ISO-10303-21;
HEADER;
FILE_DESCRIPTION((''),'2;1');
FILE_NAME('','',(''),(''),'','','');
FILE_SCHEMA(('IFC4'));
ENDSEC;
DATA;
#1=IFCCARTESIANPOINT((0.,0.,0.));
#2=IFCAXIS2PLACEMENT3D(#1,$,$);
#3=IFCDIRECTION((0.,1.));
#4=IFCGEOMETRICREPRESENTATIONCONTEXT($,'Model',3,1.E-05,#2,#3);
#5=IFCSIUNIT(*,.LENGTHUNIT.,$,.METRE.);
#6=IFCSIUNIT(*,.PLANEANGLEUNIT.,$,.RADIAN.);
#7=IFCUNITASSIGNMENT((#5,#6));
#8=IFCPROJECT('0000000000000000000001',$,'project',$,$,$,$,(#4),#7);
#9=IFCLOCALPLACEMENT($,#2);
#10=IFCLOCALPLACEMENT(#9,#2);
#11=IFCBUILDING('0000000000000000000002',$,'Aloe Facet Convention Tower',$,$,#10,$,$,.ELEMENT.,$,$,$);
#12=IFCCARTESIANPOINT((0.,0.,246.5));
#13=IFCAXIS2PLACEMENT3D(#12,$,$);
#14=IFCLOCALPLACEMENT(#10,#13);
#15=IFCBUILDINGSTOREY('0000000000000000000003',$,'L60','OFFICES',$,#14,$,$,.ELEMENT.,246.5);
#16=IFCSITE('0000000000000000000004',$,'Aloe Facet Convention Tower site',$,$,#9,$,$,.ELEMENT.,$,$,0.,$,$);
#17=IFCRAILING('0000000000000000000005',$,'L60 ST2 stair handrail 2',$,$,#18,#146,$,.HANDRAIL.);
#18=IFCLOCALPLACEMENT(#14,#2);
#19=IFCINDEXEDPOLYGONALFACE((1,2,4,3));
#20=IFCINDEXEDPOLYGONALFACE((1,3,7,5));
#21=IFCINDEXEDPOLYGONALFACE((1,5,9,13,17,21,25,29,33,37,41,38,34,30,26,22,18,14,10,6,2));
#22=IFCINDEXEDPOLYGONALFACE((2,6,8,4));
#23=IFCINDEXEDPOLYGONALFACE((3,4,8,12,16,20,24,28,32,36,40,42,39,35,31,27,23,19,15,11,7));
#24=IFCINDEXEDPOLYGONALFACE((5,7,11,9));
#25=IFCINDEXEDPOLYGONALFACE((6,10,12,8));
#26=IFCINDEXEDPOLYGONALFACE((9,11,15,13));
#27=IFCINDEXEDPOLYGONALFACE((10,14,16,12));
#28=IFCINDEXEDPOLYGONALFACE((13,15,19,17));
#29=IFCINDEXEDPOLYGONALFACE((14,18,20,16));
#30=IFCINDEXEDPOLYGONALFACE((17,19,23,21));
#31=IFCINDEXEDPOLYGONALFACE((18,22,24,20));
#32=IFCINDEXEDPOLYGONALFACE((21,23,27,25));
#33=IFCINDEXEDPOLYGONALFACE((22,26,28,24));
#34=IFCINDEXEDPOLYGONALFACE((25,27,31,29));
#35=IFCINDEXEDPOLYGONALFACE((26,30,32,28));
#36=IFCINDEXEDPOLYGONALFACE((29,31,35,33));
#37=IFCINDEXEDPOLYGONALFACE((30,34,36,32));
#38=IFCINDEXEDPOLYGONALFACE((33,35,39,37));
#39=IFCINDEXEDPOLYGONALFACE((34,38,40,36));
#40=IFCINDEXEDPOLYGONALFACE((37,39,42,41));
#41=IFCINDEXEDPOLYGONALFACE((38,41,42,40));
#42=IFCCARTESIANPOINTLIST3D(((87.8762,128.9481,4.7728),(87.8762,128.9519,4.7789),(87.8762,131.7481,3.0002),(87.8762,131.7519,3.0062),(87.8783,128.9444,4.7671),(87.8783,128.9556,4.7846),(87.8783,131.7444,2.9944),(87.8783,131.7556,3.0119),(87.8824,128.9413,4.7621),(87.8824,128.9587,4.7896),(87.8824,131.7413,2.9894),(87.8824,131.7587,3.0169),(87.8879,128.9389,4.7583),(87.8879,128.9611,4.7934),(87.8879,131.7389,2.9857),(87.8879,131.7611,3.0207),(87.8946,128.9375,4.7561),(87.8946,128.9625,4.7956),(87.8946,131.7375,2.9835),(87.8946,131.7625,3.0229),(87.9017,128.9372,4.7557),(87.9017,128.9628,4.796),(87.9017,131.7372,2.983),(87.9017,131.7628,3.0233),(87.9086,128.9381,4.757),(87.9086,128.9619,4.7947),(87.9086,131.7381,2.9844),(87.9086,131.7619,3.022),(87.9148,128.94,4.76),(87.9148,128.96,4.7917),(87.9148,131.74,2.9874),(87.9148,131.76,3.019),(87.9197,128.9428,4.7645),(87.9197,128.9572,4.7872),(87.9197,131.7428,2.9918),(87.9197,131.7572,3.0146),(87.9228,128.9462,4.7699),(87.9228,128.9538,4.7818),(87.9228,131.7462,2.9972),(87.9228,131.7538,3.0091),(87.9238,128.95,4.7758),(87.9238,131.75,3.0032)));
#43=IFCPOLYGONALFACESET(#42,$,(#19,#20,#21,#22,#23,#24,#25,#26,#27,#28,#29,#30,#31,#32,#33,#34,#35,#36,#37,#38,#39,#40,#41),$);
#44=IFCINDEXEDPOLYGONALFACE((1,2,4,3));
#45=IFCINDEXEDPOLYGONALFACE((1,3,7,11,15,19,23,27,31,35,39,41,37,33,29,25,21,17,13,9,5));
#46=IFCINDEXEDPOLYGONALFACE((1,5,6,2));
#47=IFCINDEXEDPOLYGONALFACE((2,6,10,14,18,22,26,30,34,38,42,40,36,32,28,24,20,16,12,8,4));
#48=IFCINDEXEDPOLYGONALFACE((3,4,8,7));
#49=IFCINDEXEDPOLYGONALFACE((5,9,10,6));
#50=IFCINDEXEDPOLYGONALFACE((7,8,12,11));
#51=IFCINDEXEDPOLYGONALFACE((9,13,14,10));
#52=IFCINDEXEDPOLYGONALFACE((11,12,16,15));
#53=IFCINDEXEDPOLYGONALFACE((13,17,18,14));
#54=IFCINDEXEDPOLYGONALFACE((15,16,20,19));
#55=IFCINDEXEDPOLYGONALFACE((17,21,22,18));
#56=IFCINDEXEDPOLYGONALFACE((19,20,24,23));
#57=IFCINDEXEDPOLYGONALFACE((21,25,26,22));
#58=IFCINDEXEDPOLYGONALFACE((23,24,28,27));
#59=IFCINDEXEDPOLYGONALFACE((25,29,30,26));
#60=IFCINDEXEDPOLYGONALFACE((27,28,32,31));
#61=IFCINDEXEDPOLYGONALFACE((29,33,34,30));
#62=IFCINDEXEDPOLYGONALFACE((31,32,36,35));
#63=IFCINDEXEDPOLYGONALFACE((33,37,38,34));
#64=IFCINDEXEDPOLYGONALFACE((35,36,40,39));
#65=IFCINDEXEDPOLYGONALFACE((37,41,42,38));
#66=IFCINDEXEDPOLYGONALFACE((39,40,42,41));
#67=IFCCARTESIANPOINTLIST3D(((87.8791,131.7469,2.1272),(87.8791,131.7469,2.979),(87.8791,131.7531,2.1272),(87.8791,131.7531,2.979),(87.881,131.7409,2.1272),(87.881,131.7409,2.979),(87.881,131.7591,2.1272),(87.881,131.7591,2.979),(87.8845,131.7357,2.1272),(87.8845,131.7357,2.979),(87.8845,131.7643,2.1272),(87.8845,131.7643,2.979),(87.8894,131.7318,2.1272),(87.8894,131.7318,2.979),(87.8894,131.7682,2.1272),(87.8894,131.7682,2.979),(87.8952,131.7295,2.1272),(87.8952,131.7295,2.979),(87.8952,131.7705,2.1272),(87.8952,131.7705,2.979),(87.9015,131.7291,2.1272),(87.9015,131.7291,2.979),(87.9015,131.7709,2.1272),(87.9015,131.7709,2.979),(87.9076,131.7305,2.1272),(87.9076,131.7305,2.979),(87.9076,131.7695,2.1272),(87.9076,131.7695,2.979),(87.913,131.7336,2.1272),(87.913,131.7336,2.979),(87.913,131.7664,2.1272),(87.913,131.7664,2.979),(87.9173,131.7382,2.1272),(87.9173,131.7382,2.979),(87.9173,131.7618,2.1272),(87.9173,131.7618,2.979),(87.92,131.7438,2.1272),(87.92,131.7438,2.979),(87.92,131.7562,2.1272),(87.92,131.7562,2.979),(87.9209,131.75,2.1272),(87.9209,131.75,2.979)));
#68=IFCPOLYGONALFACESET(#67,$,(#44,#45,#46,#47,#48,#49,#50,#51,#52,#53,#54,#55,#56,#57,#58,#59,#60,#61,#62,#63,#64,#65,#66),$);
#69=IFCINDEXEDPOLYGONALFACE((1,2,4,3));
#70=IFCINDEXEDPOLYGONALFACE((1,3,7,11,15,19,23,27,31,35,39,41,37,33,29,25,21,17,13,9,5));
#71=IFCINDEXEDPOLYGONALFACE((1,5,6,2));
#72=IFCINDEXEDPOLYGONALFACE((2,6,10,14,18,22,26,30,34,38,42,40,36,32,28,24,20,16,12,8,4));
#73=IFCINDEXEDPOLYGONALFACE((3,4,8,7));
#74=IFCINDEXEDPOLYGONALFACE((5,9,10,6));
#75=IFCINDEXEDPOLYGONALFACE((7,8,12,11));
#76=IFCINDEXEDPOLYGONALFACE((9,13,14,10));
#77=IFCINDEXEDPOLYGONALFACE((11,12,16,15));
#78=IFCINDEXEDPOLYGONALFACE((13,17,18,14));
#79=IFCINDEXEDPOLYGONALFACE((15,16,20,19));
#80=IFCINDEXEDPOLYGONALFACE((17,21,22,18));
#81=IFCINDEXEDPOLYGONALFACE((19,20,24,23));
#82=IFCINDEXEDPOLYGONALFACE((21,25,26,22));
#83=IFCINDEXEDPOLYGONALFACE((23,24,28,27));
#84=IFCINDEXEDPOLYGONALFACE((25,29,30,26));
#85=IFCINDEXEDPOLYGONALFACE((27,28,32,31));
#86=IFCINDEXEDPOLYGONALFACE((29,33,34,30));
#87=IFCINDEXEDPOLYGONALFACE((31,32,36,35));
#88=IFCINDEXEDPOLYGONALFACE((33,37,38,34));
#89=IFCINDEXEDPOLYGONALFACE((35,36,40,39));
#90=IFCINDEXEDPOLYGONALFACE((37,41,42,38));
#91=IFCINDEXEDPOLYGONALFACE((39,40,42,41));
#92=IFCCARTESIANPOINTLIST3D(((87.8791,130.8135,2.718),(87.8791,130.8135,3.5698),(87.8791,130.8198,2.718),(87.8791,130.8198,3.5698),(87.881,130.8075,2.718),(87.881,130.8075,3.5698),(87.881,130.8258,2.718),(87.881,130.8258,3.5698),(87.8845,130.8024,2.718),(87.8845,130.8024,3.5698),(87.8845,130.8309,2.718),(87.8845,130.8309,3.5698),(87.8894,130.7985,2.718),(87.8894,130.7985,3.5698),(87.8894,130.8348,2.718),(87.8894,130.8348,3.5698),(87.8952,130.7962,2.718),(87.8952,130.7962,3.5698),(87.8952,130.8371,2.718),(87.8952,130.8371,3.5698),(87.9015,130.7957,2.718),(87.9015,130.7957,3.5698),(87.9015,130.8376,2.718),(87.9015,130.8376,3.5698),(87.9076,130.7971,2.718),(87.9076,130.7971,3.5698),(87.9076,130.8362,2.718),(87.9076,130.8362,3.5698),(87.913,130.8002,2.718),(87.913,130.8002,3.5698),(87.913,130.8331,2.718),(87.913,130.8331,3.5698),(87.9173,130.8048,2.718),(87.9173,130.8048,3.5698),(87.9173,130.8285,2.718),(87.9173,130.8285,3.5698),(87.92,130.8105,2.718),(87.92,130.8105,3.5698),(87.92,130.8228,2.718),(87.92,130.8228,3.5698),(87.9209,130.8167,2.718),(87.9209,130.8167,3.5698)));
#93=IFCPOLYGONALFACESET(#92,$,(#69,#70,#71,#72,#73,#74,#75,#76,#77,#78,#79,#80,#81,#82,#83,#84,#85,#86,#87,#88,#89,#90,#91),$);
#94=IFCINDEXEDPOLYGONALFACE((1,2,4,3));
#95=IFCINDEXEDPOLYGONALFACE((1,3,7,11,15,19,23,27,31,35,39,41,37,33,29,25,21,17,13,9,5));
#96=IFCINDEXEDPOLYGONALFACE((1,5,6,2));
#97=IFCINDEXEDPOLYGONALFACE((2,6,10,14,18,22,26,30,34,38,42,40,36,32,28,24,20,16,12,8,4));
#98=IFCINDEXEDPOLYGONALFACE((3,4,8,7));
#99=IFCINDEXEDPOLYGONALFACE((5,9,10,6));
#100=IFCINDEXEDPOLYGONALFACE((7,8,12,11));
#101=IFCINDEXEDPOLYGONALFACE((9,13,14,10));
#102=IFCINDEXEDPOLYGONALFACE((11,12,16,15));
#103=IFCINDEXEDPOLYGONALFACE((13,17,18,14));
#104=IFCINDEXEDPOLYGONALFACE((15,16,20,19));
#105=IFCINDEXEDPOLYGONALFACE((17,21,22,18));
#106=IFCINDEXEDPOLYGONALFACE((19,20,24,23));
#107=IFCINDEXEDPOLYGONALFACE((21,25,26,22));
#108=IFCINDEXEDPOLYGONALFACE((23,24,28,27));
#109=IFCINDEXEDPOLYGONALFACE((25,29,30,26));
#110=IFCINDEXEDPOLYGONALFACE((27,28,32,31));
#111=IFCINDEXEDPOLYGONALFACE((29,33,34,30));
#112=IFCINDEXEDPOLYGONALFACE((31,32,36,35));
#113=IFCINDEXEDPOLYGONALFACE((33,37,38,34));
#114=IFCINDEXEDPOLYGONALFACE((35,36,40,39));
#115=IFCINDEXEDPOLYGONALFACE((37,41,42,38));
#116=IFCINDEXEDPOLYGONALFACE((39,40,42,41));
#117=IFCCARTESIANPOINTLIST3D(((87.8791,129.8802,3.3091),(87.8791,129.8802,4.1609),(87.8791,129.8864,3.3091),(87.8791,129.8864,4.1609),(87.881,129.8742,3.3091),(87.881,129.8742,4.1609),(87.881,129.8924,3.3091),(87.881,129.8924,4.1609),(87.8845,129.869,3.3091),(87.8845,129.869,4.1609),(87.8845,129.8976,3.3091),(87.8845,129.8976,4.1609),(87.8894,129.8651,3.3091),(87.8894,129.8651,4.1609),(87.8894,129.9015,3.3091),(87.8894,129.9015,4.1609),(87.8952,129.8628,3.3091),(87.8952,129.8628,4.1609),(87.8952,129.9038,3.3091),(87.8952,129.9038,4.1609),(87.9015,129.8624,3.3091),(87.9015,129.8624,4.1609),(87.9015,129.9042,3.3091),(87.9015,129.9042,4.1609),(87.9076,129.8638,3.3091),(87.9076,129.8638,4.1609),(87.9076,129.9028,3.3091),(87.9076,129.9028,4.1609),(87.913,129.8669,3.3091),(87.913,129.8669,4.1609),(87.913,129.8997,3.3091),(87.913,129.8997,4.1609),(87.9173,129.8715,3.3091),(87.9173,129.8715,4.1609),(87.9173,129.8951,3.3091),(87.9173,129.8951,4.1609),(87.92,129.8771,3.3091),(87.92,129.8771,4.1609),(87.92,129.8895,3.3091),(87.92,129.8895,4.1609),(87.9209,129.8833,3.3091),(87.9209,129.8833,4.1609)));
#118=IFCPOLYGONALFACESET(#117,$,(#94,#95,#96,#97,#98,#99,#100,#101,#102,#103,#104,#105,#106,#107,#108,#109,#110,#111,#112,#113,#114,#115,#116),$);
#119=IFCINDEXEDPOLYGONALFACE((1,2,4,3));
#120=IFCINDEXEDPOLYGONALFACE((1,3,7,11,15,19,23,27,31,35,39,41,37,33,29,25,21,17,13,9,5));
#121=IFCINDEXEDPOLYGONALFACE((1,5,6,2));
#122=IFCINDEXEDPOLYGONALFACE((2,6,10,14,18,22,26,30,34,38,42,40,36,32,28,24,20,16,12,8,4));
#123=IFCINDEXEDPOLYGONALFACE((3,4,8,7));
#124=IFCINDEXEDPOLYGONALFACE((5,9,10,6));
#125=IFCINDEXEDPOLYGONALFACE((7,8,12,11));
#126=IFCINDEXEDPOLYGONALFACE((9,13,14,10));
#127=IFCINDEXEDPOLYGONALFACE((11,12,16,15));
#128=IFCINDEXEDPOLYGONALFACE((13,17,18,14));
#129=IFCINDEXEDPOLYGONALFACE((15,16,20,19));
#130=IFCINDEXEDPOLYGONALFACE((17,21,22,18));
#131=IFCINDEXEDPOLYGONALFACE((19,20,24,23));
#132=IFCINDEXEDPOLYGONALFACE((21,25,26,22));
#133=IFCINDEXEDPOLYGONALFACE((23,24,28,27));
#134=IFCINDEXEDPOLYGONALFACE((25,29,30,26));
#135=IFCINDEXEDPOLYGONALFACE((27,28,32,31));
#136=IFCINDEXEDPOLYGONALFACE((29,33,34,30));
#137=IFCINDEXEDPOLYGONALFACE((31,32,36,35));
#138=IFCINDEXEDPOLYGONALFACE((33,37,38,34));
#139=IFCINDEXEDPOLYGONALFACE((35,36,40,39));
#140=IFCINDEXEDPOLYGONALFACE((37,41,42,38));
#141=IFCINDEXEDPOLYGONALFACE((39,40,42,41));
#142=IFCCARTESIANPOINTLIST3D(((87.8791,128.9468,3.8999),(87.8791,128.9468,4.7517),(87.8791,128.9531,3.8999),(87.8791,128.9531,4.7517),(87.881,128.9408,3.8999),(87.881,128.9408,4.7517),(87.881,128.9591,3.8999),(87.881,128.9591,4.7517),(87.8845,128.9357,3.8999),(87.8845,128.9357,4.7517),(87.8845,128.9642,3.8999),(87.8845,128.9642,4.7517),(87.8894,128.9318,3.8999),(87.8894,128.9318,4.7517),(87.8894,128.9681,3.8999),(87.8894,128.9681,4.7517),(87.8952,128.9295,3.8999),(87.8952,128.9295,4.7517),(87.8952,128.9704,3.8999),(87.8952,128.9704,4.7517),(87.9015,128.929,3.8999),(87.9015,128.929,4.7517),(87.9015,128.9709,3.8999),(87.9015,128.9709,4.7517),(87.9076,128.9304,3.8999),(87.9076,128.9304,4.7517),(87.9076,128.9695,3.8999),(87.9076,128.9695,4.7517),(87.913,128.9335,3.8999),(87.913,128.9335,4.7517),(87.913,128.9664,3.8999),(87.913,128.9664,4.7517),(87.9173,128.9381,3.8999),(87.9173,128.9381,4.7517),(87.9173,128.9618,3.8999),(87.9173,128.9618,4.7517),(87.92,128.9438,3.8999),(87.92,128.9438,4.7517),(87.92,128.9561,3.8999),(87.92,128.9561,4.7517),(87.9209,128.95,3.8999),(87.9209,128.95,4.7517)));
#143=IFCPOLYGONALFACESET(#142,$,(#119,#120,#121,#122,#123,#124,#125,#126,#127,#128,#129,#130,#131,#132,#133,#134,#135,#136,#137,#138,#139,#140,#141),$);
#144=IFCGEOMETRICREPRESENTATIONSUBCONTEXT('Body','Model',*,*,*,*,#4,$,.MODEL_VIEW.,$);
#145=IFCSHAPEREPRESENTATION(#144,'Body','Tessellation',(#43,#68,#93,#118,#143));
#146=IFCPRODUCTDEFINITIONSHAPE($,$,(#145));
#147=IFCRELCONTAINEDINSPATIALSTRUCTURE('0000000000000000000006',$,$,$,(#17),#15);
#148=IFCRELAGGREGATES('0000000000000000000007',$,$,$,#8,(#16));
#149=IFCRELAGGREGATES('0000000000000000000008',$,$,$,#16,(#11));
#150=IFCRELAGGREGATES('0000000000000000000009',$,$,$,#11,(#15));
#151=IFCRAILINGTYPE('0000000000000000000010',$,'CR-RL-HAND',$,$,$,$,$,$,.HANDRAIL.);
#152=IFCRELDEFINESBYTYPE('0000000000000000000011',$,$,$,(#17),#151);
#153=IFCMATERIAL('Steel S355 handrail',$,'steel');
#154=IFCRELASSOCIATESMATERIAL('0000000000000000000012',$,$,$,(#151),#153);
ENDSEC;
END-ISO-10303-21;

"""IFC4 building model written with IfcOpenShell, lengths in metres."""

from ifc_helpers import new_model, si_unit, direction, frame, origin, origin_2d, place, context, subcontext, project, spatial, circle, extrude, material, type_object, element, save


model = new_model("IFC4")

# Units and contexts
model_context = context("Model", 3, precision=1e-05, world=origin(), true_north=direction((0.0, 1.0)))
body_context = subcontext(model_context, "Body", "Model", "MODEL_VIEW")
ifc_project = project(units=[si_unit("LENGTHUNIT", "METRE"), si_unit("PLANEANGLEUNIT", "RADIAN")], contexts=[model_context])

# Site, building, storey
site_placement = place(None, origin())
site = spatial("IfcSite", under=ifc_project, at=site_placement, Name="Aloe Facet Convention Tower site", CompositionType="ELEMENT", RefElevation=0.0)
building_placement = place(site_placement, origin())
building = spatial("IfcBuilding", under=site, at=building_placement, Name="Aloe Facet Convention Tower", CompositionType="ELEMENT")
storey_placement = place(building_placement, frame((0.0, 0.0, 246.5)))
storey = spatial("IfcBuildingStorey", under=building, at=storey_placement, Name="L60", Description="OFFICES", CompositionType="ELEMENT", Elevation=246.5)

# Railing
ifc_material_1 = material(Name="Steel S355 handrail", Category="steel")
railing_type = type_object("IfcRailingType", Name="CR-RL-HAND", PredefinedType="HANDRAIL", material=ifc_material_1)
railing_placement = place(storey_placement, frame((87.8999, 131.75, 2.1272)))
element("IfcRailing", 1, at=railing_placement, inside=storey, type_object=railing_type, Name="L60 ST2 stair handrail 2", PredefinedType="HANDRAIL", context=body_context, shape_type="SweptSolid", body=[
    extrude(circle(Radius=0.0239, at=origin_2d()), frame((0.0, 0.0, 0.876), z_axis=(0.0, -0.844909, 0.53491), x_axis=(1.0, 0.0, 0.0)), (0.0, 0.0, 1.0), 3.314),
    extrude(circle(Radius=0.021, at=origin_2d()), origin(), (0.0, 0.0, 1.0), 0.8518),
    extrude(circle(Radius=0.021, at=origin_2d()), frame((0.0, -0.9333, 0.5908)), (0.0, 0.0, 1.0), 0.8518),
    extrude(circle(Radius=0.021, at=origin_2d()), frame((0.0, -1.8667, 1.1819)), (0.0, 0.0, 1.0), 0.8518),
    extrude(circle(Radius=0.021, at=origin_2d()), frame((0.0, -2.8, 1.7727)), (0.0, 0.0, 1.0), 0.8518),
])

save(model, "model.ifc")
